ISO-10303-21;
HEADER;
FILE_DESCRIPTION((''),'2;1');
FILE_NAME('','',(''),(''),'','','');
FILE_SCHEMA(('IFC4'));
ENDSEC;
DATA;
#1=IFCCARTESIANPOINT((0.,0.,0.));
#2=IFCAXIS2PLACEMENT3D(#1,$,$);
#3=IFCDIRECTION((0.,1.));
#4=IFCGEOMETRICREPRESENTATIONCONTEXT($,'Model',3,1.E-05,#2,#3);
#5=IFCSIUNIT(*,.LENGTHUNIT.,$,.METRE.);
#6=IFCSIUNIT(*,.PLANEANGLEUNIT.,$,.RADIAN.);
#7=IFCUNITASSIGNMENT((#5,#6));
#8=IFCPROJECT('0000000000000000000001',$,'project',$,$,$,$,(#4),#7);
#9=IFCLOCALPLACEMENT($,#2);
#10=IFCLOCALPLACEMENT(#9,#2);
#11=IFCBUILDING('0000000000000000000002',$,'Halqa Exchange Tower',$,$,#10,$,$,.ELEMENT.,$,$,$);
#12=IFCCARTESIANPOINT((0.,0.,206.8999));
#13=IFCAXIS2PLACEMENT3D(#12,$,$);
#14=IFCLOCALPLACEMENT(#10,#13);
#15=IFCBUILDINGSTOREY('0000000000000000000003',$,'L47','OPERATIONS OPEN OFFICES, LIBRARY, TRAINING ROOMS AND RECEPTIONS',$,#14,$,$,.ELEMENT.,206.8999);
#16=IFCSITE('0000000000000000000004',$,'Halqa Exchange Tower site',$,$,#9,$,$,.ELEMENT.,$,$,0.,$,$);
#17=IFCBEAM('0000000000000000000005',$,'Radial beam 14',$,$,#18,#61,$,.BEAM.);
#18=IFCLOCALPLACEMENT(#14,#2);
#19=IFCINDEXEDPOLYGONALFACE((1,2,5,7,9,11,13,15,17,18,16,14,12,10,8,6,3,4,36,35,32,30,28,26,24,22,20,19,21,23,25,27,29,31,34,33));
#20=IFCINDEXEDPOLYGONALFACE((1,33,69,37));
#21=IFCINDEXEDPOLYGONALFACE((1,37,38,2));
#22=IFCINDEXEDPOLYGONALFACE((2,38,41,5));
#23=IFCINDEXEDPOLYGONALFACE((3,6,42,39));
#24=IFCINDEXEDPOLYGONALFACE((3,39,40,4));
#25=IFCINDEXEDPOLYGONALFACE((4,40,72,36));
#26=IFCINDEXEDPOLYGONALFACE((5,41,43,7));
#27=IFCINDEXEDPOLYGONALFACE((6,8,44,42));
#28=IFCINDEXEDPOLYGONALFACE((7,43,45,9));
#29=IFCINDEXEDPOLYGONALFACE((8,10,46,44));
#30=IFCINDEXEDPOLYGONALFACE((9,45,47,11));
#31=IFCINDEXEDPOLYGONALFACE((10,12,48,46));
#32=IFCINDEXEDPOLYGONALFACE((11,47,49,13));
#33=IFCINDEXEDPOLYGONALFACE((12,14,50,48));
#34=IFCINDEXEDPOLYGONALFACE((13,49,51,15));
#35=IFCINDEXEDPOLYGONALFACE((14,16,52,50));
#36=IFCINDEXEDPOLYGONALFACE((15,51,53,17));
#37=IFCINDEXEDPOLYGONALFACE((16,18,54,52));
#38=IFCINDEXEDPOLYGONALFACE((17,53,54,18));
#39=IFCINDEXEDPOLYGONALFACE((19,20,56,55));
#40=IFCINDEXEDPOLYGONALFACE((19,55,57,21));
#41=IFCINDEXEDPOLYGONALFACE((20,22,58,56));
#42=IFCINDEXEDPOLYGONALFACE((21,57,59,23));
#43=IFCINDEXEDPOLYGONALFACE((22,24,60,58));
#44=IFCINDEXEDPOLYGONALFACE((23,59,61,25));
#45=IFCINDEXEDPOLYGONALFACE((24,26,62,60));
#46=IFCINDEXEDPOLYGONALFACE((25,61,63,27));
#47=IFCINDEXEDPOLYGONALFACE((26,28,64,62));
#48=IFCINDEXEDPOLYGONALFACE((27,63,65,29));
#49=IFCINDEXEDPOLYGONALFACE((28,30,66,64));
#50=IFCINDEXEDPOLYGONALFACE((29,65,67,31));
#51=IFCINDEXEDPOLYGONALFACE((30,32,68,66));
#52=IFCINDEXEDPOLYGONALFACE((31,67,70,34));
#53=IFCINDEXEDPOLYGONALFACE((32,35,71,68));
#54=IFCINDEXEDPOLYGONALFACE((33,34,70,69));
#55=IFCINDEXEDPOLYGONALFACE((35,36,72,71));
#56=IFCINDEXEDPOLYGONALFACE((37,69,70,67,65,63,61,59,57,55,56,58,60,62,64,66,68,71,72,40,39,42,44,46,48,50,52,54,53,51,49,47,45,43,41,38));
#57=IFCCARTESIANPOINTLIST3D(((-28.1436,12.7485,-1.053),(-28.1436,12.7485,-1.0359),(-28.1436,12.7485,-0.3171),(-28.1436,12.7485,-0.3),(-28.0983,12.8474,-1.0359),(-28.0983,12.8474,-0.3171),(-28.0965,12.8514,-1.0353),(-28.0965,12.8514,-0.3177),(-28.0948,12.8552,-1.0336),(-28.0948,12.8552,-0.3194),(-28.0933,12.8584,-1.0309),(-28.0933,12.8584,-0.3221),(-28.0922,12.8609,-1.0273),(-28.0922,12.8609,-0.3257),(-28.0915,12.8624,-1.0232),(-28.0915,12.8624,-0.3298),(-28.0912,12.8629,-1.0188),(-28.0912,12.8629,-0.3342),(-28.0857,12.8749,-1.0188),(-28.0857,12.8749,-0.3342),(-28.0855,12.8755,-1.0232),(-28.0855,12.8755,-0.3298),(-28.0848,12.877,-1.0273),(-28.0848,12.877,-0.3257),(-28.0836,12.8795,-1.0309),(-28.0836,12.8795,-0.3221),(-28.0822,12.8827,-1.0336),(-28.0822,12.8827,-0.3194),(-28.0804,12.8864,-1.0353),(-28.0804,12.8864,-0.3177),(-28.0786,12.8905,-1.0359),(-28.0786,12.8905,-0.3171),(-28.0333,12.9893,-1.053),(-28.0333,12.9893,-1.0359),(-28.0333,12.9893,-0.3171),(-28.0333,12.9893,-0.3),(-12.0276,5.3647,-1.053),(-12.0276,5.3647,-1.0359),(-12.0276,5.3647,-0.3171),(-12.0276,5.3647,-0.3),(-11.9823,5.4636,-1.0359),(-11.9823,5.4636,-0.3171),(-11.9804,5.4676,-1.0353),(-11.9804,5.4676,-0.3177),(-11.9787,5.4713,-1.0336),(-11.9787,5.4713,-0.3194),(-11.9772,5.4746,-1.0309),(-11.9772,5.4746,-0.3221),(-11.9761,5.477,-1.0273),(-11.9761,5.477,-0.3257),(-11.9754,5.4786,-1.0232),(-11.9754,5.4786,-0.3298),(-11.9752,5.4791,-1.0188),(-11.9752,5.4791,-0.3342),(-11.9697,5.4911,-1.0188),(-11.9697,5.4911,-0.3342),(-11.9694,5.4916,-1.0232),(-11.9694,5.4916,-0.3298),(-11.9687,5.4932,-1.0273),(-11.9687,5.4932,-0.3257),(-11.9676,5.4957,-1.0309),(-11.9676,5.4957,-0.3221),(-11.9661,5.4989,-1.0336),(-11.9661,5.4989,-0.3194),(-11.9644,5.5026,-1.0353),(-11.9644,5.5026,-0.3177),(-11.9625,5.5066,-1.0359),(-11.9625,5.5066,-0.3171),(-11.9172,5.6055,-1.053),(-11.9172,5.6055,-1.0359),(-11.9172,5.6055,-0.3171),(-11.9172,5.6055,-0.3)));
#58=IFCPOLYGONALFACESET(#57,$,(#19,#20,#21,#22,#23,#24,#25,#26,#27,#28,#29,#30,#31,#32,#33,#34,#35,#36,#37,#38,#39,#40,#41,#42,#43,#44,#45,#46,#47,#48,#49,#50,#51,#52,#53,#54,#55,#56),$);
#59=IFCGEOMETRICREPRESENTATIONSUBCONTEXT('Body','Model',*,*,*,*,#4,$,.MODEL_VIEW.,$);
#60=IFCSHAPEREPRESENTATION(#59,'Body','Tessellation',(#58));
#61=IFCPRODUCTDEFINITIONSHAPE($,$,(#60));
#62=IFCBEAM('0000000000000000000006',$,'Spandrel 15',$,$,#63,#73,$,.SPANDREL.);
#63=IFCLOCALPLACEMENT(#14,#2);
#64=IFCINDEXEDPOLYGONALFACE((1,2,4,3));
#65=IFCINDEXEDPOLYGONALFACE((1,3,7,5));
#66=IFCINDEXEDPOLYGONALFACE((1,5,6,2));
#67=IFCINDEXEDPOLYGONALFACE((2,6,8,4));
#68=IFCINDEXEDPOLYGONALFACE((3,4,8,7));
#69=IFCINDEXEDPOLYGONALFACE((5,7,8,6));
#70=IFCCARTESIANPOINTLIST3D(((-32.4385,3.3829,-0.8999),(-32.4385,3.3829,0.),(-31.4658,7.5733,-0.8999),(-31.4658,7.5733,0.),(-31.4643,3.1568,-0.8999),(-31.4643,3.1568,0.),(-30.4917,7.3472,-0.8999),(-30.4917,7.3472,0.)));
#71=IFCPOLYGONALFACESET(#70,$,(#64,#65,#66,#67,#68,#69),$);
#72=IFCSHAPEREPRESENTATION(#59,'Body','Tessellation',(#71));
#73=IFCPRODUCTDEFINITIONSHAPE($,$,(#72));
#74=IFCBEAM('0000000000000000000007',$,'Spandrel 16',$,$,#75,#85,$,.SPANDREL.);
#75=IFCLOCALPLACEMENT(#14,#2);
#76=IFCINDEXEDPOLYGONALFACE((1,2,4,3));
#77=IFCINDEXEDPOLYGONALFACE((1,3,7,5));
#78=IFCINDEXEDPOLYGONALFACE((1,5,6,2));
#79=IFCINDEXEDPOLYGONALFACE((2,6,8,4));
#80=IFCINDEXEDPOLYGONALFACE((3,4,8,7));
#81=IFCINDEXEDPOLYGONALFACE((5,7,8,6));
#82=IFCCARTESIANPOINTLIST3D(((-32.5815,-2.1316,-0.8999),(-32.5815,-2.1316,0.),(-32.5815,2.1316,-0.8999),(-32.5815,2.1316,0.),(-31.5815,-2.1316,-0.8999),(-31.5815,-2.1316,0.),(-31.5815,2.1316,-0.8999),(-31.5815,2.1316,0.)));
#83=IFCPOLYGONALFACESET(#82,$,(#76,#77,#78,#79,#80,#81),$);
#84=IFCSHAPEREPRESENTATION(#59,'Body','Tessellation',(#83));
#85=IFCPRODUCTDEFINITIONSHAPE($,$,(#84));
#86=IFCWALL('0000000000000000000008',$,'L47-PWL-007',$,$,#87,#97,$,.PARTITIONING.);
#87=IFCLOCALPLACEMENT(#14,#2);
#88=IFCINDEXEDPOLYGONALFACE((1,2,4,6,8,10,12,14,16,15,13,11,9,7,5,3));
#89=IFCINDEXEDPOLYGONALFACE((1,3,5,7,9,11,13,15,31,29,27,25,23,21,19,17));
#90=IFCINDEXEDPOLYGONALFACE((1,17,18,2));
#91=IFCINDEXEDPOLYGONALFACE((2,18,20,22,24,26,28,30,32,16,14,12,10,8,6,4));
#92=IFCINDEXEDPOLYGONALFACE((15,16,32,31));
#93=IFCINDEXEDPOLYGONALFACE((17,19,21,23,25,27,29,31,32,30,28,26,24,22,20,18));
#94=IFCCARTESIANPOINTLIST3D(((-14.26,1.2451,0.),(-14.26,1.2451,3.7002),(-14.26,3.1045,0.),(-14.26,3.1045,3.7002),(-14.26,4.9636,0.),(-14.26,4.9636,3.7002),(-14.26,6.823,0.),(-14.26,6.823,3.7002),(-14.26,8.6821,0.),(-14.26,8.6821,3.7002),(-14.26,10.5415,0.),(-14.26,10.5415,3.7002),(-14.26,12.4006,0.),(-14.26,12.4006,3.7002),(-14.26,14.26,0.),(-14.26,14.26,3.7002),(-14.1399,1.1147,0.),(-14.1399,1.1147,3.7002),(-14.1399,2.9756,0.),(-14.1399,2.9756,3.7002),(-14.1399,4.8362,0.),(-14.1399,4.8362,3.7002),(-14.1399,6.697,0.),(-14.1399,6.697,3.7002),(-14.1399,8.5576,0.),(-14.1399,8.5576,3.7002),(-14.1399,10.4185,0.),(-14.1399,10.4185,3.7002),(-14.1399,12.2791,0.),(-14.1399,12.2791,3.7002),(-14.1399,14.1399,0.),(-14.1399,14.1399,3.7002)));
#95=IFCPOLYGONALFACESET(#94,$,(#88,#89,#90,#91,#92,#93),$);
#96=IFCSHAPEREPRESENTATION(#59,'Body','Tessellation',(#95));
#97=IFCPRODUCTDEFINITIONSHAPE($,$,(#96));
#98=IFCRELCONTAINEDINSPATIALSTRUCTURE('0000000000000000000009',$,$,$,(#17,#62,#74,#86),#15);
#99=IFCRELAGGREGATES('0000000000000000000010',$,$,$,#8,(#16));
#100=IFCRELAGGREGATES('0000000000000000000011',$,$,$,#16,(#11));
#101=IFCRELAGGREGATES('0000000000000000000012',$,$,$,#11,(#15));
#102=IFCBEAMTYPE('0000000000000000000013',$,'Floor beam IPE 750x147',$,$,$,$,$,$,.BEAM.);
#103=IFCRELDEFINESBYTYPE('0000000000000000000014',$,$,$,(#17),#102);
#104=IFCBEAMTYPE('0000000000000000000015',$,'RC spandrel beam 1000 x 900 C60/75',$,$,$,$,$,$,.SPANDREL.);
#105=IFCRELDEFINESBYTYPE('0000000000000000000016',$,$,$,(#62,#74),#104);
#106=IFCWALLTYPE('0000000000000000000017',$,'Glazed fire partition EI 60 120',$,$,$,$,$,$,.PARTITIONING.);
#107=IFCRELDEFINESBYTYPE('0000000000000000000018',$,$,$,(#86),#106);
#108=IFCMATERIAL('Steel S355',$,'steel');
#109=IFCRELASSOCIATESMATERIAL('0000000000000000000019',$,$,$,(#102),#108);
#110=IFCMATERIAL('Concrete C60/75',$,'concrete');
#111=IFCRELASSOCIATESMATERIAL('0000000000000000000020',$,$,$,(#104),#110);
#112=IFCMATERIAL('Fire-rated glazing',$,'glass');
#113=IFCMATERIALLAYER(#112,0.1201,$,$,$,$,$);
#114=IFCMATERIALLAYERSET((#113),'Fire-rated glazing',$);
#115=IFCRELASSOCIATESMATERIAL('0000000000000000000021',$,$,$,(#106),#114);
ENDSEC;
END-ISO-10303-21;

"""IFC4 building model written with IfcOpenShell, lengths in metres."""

from ifc_helpers import new_model, si_unit, direction, frame, origin, origin_2d, place, context, subcontext, project, spatial, polyline, rectangle, i_section, outline, extrude, material, layer, layer_set, material_profile, profile_set, type_object, element, save


model = new_model("IFC4")

# Units and contexts
model_context = context("Model", 3, precision=1e-05, world=origin(), true_north=direction((0.0, 1.0)))
body_context = subcontext(model_context, "Body", "Model", "MODEL_VIEW")
ifc_project = project(units=[si_unit("LENGTHUNIT", "METRE"), si_unit("PLANEANGLEUNIT", "RADIAN")], contexts=[model_context])

# Site, building, storey
site_placement = place(None, origin())
site = spatial("IfcSite", under=ifc_project, at=site_placement, Name="Halqa Exchange Tower site", CompositionType="ELEMENT", RefElevation=0.0)
building_placement = place(site_placement, origin())
building = spatial("IfcBuilding", under=site, at=building_placement, Name="Halqa Exchange Tower", CompositionType="ELEMENT")
storey_placement = place(building_placement, frame((0.0, 0.0, 206.8999)))
storey = spatial("IfcBuildingStorey", under=building, at=storey_placement, Name="L47", Description="OPERATIONS OPEN OFFICES, LIBRARY, TRAINING ROOMS AND RECEPTIONS", CompositionType="ELEMENT", Elevation=206.8999)

# Shared definitions
ifc_material_1 = material(Name="Concrete C60/75", Category="concrete")

# Beams
ifc_material_2 = material(Name="Steel S355", Category="steel")
ifc_material_profile_1 = material_profile(ifc_material_2, i_section(OverallWidth=0.2649, OverallDepth=0.7529, WebThickness=0.0132, FlangeThickness=0.0171, FilletRadius=0.0171, at=origin_2d()), Name="IPE 750x147")
ifc_profile_set_1 = profile_set([ifc_material_profile_1], Name="Steel S355")
beam_type_1 = type_object("IfcBeamType", Name="Floor beam IPE 750x147", PredefinedType="BEAM", material=ifc_profile_set_1)
beam_1_placement = place(storey_placement, frame((-11.9724, 5.4851, -0.6765), z_axis=(-0.909122, 0.416529, 0.0), x_axis=(-0.416529, -0.909122, 0.0)))
element("IfcBeam", 1, at=beam_1_placement, inside=storey, type_object=beam_type_1, Name="Radial beam 14", PredefinedType="BEAM", context=body_context, shape_type="SweptSolid", body=[
    extrude(i_section(OverallWidth=0.2649, OverallDepth=0.7529, WebThickness=0.0132, FlangeThickness=0.0171, FilletRadius=0.0171, at=origin_2d()), origin(), (0.0, 0.0, 1.0), 17.7271),
])
ifc_material_profile_2 = material_profile(ifc_material_1, rectangle(XDim=1.0, YDim=0.8999, at=origin_2d()), Name="1000 x 900")
ifc_profile_set_2 = profile_set([ifc_material_profile_2], Name="Concrete C60/75")
beam_type_2 = type_object("IfcBeamType", Name="RC spandrel beam 1000 x 900 C60/75", PredefinedType="SPANDREL", material=ifc_profile_set_2)
beam_2_placement = place(storey_placement, frame((-30.9788, 7.4602, -0.45), z_axis=(-0.226103, -0.974103, 0.0), x_axis=(0.974103, -0.226103, 0.0)))
element("IfcBeam", 2, at=beam_2_placement, inside=storey, type_object=beam_type_2, Name="Spandrel 15", PredefinedType="SPANDREL", context=body_context, shape_type="SweptSolid", body=[
    extrude(rectangle(XDim=1.0, YDim=0.8999, at=origin_2d()), origin(), (0.0, 0.0, 1.0), 4.3018),
])
beam_3_placement = place(storey_placement, frame((-32.0815, 2.1316, -0.45), z_axis=(0.0, -1.0, 0.0), x_axis=(1.0, 0.0, 0.0)))
element("IfcBeam", 3, at=beam_3_placement, inside=storey, type_object=beam_type_2, Name="Spandrel 16", PredefinedType="SPANDREL", context=body_context, shape_type="SweptSolid", body=[
    extrude(rectangle(XDim=1.0, YDim=0.8999, at=origin_2d()), origin(), (0.0, 0.0, 1.0), 4.2632),
])

# Shared definitions
ifc_material_3 = material(Name="Fire-rated glazing", Category="glass")
ifc_layer_1 = layer(ifc_material_3, 0.1201)
ifc_layer_set_1 = layer_set([ifc_layer_1], Name="Fire-rated glazing")
wall_type_1 = type_object("IfcWallType", Name="Glazed fire partition EI 60 120", PredefinedType="PARTITIONING", material=ifc_layer_set_1)

# Wall
wall_1_placement = place(storey_placement, frame((-14.2, 1.1147, 0.0), z_axis=(0.0, 0.0, 1.0), x_axis=(0.0, 1.0, 0.0)))
element("IfcWall", 4, at=wall_1_placement, inside=storey, type_object=wall_type_1, Name="L47-PWL-007", PredefinedType="PARTITIONING", context=body_context, shape_type="SweptSolid", body=[
    extrude(outline(polyline([(0.0, -0.0601), (1.8608, -0.0601), (3.7214, -0.0601), (5.5823, -0.0601), (7.4429, -0.0601), (9.3037, -0.0601), (11.1643, -0.0601), (13.0251, -0.0601), (13.1453, 0.0601), (11.2859, 0.0601), (9.4268, 0.0601), (7.5674, 0.0601), (5.7083, 0.0601), (3.8489, 0.0601), (1.9897, 0.0601), (0.1304, 0.0601), (0.0, -0.0601), (0.0, -0.0601)])), origin(), (0.0, 0.0, 1.0), 3.7002),
])

save(model, "model.ifc")
